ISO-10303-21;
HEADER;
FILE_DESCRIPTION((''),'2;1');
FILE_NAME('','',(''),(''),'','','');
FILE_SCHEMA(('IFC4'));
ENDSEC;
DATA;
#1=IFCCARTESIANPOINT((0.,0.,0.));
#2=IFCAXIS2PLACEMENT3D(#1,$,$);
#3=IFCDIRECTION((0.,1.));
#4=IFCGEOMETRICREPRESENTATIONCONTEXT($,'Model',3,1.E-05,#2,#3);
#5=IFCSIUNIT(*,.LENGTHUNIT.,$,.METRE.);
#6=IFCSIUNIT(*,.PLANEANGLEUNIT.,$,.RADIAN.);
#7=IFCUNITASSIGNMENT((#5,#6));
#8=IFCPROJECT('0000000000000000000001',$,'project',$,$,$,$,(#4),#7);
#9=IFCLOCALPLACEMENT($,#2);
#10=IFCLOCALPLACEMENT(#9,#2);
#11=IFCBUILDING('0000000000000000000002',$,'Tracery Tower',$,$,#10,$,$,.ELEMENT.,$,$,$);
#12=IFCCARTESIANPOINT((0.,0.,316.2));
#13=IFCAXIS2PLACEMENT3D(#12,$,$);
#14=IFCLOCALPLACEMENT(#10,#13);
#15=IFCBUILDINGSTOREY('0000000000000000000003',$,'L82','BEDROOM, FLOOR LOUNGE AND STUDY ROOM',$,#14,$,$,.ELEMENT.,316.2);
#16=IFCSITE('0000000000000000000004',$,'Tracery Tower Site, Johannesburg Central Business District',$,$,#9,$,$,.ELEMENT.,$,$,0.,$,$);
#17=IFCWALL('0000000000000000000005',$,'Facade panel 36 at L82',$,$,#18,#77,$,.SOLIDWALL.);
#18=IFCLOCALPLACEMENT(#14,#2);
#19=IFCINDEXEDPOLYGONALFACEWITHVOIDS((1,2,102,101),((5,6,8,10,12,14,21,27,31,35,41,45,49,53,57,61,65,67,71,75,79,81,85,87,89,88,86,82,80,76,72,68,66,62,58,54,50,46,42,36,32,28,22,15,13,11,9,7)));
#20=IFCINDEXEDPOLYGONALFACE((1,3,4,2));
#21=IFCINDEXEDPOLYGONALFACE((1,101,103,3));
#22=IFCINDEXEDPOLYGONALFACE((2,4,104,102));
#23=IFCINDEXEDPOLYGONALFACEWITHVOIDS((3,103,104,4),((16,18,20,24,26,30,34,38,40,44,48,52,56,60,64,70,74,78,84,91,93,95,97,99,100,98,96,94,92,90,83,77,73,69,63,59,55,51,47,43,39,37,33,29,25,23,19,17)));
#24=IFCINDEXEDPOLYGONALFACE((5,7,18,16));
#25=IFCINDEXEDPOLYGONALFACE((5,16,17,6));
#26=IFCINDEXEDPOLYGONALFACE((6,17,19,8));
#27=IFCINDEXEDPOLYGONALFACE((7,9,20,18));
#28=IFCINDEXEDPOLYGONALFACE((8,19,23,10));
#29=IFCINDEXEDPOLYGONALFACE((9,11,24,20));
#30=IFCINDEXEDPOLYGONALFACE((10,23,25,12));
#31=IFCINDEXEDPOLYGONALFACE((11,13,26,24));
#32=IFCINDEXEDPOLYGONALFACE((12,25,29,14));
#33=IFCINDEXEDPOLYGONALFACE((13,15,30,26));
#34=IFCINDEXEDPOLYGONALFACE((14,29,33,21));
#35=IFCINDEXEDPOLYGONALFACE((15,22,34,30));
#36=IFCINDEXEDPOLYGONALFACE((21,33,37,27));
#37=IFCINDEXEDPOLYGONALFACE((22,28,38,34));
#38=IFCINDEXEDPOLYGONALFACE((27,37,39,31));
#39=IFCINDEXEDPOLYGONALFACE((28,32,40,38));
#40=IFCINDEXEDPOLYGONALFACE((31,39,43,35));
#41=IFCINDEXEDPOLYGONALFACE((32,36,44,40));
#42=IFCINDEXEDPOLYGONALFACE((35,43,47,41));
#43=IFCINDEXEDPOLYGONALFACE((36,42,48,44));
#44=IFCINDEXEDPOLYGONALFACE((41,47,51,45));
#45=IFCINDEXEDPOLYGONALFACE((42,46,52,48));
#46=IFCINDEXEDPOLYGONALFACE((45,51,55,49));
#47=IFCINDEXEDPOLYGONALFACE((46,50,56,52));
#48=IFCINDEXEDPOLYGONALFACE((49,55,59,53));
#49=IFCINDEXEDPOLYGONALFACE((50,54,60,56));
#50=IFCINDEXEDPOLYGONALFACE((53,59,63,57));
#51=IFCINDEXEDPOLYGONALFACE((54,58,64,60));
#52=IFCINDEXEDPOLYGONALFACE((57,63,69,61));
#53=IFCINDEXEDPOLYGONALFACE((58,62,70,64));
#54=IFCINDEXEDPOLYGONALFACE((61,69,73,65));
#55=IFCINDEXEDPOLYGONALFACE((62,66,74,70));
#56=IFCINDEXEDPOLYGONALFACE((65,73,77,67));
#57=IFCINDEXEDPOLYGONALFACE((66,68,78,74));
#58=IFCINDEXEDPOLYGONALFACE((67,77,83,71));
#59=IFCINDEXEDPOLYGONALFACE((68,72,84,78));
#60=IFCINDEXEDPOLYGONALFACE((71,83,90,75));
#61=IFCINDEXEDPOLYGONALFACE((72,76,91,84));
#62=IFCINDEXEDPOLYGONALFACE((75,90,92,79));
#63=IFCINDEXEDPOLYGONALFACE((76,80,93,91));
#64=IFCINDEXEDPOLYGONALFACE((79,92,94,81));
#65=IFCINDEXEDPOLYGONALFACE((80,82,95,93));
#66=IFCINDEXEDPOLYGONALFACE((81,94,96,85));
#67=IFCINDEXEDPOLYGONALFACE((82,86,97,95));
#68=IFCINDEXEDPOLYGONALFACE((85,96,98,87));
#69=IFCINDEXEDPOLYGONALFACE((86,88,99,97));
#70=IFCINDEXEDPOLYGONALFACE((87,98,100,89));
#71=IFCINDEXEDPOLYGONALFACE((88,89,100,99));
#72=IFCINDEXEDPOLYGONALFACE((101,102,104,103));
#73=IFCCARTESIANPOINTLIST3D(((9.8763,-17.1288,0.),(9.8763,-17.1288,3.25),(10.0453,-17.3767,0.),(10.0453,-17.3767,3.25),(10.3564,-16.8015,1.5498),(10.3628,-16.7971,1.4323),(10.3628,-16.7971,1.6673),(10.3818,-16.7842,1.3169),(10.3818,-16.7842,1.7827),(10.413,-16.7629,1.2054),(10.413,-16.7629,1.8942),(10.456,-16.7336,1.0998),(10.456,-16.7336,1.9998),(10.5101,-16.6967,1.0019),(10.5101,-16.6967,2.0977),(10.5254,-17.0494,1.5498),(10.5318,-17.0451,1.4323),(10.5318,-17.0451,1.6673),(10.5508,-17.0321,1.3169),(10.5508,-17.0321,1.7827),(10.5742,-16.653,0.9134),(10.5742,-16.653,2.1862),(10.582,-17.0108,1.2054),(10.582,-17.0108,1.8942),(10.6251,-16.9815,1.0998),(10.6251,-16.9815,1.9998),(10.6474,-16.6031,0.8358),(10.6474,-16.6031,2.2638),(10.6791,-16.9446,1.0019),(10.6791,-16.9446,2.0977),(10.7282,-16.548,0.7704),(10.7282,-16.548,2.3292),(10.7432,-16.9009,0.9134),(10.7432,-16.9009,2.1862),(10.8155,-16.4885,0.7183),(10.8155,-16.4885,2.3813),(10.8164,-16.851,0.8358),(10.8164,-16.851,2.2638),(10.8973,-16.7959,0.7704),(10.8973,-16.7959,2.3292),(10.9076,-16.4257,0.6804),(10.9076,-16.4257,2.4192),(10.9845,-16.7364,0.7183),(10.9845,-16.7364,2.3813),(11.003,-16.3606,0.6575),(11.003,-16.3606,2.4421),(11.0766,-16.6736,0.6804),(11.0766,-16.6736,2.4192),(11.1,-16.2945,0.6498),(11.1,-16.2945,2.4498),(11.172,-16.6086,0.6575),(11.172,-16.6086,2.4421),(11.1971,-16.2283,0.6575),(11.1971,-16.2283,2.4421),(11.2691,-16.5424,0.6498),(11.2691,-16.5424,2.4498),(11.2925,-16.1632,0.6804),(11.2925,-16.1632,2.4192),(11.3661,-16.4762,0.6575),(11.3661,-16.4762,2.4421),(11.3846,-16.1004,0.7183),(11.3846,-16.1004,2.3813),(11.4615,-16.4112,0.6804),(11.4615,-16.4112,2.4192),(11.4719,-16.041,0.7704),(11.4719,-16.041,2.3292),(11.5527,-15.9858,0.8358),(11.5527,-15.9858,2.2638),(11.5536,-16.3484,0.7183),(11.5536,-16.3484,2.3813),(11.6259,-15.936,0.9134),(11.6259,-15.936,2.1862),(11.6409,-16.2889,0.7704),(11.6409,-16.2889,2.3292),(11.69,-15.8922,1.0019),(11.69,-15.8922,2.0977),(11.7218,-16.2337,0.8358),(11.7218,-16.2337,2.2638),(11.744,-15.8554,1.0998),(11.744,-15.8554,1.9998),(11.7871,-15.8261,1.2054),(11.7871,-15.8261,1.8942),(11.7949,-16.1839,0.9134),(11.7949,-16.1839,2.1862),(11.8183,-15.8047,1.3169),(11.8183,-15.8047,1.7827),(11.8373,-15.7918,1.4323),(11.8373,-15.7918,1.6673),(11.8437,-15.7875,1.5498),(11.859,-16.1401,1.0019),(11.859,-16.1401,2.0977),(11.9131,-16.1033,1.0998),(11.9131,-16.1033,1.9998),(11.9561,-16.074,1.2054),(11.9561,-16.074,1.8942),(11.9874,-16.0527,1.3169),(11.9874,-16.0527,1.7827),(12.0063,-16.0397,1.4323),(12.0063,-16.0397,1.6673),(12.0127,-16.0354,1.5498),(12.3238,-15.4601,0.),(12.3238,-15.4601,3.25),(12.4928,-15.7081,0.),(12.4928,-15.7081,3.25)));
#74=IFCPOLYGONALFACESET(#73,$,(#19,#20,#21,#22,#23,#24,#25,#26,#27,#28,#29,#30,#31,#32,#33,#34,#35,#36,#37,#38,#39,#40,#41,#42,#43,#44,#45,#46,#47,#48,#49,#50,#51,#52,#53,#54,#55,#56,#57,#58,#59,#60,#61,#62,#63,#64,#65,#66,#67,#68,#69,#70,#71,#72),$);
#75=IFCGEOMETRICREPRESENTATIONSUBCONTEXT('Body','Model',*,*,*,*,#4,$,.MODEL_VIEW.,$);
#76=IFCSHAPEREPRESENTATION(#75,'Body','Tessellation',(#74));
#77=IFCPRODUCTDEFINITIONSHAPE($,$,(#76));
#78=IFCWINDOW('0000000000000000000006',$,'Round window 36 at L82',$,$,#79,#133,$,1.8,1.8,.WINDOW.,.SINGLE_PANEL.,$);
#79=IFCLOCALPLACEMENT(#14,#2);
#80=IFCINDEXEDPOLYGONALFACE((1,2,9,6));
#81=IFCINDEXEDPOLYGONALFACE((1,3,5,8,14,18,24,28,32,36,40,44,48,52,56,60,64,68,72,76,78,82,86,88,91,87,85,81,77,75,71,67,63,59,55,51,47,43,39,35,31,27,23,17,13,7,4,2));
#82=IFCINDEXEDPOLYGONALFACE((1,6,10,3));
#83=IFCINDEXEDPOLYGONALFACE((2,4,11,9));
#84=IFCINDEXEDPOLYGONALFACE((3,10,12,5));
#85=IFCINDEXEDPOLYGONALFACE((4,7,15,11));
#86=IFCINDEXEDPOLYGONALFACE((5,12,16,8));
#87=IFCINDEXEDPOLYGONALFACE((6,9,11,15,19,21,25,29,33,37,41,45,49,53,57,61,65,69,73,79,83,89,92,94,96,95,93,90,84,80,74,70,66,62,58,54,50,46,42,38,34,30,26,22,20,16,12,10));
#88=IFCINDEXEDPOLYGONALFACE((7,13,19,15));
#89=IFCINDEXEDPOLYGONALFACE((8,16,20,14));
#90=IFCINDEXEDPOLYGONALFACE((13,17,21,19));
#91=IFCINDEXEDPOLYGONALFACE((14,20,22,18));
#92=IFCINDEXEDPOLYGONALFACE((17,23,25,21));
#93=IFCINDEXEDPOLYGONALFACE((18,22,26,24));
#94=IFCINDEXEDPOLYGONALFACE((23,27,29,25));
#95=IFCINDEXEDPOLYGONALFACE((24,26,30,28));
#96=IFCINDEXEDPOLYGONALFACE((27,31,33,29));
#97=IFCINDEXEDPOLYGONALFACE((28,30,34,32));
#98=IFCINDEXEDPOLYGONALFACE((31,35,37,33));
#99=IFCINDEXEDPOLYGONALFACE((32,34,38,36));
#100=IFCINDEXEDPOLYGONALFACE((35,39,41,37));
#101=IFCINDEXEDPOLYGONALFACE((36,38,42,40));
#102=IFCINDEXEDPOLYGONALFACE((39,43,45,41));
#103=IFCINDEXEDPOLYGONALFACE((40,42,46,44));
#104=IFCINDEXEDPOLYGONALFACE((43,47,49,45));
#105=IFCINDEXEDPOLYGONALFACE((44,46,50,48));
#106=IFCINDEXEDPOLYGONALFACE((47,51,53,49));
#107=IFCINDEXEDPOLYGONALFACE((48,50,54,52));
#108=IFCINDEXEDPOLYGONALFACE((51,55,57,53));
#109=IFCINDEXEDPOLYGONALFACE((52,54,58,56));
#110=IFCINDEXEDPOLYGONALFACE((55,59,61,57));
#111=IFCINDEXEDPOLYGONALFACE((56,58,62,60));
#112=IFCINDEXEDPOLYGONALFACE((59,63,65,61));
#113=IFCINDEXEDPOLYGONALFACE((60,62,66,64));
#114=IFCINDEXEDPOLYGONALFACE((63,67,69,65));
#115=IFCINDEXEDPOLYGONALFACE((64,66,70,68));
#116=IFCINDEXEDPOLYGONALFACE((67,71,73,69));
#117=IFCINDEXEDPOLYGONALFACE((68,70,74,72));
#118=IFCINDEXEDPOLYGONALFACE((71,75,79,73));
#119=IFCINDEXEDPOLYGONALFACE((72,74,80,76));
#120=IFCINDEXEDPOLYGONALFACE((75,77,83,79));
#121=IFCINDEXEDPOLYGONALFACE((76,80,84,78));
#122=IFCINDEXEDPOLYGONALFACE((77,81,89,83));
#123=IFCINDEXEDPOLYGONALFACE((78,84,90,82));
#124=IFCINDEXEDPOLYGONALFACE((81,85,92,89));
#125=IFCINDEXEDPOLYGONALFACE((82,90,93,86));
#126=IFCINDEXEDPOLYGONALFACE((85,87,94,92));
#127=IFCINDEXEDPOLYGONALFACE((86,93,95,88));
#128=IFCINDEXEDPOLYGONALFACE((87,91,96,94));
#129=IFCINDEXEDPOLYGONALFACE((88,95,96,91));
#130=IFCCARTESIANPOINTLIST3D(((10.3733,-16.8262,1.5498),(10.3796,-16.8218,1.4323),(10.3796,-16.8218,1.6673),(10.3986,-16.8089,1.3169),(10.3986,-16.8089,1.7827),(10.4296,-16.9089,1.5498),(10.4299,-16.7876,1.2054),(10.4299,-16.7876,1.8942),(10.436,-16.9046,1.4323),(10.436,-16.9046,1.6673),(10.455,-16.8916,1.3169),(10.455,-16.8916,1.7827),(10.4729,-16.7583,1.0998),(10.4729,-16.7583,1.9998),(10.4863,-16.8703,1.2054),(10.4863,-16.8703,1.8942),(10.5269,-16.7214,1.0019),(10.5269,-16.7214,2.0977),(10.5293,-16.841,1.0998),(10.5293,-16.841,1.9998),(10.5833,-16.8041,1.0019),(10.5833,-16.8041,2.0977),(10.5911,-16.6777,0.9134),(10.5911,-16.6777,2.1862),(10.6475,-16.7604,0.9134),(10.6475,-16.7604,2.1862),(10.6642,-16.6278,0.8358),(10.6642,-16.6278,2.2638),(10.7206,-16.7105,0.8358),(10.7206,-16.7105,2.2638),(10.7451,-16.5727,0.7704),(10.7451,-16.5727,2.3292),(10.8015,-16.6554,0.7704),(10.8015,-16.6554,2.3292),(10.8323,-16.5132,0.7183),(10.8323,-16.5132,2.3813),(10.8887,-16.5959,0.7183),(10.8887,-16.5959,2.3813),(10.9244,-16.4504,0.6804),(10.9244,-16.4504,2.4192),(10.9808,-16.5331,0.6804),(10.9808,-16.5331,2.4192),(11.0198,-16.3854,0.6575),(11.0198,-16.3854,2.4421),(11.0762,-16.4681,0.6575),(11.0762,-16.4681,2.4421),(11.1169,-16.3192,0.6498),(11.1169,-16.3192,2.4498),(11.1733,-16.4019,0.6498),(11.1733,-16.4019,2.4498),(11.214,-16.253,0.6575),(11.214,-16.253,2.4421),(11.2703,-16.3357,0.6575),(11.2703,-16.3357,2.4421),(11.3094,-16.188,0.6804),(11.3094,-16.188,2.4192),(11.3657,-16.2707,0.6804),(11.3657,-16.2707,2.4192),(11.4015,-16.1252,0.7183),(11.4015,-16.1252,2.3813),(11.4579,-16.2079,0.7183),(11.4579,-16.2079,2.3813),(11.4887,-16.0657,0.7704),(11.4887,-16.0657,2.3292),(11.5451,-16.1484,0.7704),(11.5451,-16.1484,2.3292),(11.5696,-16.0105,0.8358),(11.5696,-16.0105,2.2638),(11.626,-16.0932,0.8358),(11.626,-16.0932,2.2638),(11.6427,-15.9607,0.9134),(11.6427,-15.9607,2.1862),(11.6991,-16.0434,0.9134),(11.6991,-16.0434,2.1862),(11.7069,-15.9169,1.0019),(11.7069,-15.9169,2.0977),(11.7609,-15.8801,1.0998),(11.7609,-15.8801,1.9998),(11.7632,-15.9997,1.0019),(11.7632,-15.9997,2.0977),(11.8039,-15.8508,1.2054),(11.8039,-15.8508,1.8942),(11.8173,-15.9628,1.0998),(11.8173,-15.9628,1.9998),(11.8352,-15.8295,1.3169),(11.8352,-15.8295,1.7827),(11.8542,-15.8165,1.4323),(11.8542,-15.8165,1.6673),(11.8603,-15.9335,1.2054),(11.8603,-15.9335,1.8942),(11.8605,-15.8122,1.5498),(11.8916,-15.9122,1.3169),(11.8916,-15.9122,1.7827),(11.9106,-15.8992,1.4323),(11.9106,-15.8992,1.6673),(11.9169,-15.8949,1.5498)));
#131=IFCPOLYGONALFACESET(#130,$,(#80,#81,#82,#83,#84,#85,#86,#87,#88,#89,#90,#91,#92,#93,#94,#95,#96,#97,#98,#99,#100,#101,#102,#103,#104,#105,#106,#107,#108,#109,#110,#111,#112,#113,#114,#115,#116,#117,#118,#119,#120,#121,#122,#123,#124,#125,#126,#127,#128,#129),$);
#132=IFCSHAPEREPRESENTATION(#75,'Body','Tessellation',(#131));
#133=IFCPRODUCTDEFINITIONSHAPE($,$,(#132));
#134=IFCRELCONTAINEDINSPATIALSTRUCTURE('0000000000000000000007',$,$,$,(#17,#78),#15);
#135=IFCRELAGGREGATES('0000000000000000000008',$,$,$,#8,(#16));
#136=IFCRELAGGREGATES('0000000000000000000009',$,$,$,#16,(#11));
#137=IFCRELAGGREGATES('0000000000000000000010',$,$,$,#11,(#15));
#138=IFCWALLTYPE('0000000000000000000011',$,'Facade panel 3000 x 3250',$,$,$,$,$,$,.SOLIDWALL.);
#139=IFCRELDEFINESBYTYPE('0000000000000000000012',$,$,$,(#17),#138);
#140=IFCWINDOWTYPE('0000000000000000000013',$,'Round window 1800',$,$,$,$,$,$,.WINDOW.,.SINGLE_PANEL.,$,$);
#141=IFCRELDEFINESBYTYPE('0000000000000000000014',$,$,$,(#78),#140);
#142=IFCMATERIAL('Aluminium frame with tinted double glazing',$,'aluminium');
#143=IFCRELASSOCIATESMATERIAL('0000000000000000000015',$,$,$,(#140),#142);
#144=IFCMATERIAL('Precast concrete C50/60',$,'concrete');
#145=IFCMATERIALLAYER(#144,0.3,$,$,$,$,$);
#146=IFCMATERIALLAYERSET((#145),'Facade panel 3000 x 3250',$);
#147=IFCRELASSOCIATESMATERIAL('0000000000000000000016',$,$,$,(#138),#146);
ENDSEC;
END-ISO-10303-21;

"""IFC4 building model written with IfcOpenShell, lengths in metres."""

from ifc_helpers import new_model, si_unit, direction, frame, frame_2d, origin, origin_2d, place, context, subcontext, project, spatial, rectangle, circle, extrude, material, layer, layer_set, type_object, element, fill, save


model = new_model("IFC4")

# Units and contexts
model_context = context("Model", 3, precision=1e-05, world=origin(), true_north=direction((0.0, 1.0)))
body_context = subcontext(model_context, "Body", "Model", "MODEL_VIEW")
ifc_project = project(units=[si_unit("LENGTHUNIT", "METRE"), si_unit("PLANEANGLEUNIT", "RADIAN")], contexts=[model_context])

# Site, building, storey
site_placement = place(None, origin())
site = spatial("IfcSite", under=ifc_project, at=site_placement, Name="Tracery Tower Site, Johannesburg Central Business District", CompositionType="ELEMENT", RefElevation=0.0)
building_placement = place(site_placement, origin())
building = spatial("IfcBuilding", under=site, at=building_placement, Name="Tracery Tower", CompositionType="ELEMENT")
storey_placement = place(building_placement, frame((0.0, 0.0, 316.2)))
storey = spatial("IfcBuildingStorey", under=building, at=storey_placement, Name="L82", Description="BEDROOM, FLOOR LOUNGE AND STUDY ROOM", CompositionType="ELEMENT", Elevation=316.2)

# Wall, opening, window
ifc_material_1 = material(Name="Aluminium frame with tinted double glazing", Category="aluminium")
window_type = type_object("IfcWindowType", Name="Round window 1800", PartitioningType="SINGLE_PANEL", PredefinedType="WINDOW", material=ifc_material_1)
ifc_material_2 = material(Name="Precast concrete C50/60", Category="concrete")
ifc_layer_1 = layer(ifc_material_2, 0.3)
ifc_layer_set_1 = layer_set([ifc_layer_1], Name="Facade panel 3000 x 3250")
wall_type_1 = type_object("IfcWallType", Name="Facade panel 3000 x 3250", PredefinedType="SOLIDWALL", material=ifc_layer_set_1)
wall_1_placement = place(storey_placement, frame((9.9609, -17.2527, 0.0), z_axis=(0.0, 0.0, 1.0), x_axis=(0.826236, 0.563324, 0.0)))
wall_1 = element("IfcWall", 1, at=wall_1_placement, inside=storey, type_object=wall_type_1, Name="Facade panel 36 at L82", PredefinedType="SOLIDWALL", context=body_context, shape_type="SweptSolid", body=[
    extrude(rectangle(XDim=2.9622, YDim=0.3, at=frame_2d((1.481, 0.0))), origin(), (0.0, 0.0, 1.0), 3.25),
])
opening_1_placement = place(wall_1_placement, frame((1.481, 0.0, 1.5498)))
opening_1 = element("IfcOpeningElement", 2, at=opening_1_placement, cuts=wall_1, PredefinedType="OPENING", context=body_context, shape_type="SweptSolid", body=[
    extrude(circle(Radius=0.9, at=origin_2d()), frame((0.0, 0.1599, 0.0), z_axis=(0.0, -1.0, 0.0), x_axis=(1.0, 0.0, 0.0)), (0.0, 0.0, 1.0), 0.3201),
])
window_1_placement = place(opening_1_placement, origin())
window_1 = element("IfcWindow", 3, at=window_1_placement, inside=storey, type_object=window_type, Name="Round window 36 at L82", OverallHeight=1.8, OverallWidth=1.8, PartitioningType="SINGLE_PANEL", PredefinedType="WINDOW", context=body_context, shape_type="SweptSolid", body=[
    extrude(circle(Radius=0.9, at=origin_2d()), frame((0.0, 0.1201, 0.0), z_axis=(0.0, -1.0, 0.0), x_axis=(1.0, 0.0, 0.0)), (0.0, 0.0, 1.0), 0.1001),
])
fill(opening_1, window_1)

save(model, "model.ifc")
